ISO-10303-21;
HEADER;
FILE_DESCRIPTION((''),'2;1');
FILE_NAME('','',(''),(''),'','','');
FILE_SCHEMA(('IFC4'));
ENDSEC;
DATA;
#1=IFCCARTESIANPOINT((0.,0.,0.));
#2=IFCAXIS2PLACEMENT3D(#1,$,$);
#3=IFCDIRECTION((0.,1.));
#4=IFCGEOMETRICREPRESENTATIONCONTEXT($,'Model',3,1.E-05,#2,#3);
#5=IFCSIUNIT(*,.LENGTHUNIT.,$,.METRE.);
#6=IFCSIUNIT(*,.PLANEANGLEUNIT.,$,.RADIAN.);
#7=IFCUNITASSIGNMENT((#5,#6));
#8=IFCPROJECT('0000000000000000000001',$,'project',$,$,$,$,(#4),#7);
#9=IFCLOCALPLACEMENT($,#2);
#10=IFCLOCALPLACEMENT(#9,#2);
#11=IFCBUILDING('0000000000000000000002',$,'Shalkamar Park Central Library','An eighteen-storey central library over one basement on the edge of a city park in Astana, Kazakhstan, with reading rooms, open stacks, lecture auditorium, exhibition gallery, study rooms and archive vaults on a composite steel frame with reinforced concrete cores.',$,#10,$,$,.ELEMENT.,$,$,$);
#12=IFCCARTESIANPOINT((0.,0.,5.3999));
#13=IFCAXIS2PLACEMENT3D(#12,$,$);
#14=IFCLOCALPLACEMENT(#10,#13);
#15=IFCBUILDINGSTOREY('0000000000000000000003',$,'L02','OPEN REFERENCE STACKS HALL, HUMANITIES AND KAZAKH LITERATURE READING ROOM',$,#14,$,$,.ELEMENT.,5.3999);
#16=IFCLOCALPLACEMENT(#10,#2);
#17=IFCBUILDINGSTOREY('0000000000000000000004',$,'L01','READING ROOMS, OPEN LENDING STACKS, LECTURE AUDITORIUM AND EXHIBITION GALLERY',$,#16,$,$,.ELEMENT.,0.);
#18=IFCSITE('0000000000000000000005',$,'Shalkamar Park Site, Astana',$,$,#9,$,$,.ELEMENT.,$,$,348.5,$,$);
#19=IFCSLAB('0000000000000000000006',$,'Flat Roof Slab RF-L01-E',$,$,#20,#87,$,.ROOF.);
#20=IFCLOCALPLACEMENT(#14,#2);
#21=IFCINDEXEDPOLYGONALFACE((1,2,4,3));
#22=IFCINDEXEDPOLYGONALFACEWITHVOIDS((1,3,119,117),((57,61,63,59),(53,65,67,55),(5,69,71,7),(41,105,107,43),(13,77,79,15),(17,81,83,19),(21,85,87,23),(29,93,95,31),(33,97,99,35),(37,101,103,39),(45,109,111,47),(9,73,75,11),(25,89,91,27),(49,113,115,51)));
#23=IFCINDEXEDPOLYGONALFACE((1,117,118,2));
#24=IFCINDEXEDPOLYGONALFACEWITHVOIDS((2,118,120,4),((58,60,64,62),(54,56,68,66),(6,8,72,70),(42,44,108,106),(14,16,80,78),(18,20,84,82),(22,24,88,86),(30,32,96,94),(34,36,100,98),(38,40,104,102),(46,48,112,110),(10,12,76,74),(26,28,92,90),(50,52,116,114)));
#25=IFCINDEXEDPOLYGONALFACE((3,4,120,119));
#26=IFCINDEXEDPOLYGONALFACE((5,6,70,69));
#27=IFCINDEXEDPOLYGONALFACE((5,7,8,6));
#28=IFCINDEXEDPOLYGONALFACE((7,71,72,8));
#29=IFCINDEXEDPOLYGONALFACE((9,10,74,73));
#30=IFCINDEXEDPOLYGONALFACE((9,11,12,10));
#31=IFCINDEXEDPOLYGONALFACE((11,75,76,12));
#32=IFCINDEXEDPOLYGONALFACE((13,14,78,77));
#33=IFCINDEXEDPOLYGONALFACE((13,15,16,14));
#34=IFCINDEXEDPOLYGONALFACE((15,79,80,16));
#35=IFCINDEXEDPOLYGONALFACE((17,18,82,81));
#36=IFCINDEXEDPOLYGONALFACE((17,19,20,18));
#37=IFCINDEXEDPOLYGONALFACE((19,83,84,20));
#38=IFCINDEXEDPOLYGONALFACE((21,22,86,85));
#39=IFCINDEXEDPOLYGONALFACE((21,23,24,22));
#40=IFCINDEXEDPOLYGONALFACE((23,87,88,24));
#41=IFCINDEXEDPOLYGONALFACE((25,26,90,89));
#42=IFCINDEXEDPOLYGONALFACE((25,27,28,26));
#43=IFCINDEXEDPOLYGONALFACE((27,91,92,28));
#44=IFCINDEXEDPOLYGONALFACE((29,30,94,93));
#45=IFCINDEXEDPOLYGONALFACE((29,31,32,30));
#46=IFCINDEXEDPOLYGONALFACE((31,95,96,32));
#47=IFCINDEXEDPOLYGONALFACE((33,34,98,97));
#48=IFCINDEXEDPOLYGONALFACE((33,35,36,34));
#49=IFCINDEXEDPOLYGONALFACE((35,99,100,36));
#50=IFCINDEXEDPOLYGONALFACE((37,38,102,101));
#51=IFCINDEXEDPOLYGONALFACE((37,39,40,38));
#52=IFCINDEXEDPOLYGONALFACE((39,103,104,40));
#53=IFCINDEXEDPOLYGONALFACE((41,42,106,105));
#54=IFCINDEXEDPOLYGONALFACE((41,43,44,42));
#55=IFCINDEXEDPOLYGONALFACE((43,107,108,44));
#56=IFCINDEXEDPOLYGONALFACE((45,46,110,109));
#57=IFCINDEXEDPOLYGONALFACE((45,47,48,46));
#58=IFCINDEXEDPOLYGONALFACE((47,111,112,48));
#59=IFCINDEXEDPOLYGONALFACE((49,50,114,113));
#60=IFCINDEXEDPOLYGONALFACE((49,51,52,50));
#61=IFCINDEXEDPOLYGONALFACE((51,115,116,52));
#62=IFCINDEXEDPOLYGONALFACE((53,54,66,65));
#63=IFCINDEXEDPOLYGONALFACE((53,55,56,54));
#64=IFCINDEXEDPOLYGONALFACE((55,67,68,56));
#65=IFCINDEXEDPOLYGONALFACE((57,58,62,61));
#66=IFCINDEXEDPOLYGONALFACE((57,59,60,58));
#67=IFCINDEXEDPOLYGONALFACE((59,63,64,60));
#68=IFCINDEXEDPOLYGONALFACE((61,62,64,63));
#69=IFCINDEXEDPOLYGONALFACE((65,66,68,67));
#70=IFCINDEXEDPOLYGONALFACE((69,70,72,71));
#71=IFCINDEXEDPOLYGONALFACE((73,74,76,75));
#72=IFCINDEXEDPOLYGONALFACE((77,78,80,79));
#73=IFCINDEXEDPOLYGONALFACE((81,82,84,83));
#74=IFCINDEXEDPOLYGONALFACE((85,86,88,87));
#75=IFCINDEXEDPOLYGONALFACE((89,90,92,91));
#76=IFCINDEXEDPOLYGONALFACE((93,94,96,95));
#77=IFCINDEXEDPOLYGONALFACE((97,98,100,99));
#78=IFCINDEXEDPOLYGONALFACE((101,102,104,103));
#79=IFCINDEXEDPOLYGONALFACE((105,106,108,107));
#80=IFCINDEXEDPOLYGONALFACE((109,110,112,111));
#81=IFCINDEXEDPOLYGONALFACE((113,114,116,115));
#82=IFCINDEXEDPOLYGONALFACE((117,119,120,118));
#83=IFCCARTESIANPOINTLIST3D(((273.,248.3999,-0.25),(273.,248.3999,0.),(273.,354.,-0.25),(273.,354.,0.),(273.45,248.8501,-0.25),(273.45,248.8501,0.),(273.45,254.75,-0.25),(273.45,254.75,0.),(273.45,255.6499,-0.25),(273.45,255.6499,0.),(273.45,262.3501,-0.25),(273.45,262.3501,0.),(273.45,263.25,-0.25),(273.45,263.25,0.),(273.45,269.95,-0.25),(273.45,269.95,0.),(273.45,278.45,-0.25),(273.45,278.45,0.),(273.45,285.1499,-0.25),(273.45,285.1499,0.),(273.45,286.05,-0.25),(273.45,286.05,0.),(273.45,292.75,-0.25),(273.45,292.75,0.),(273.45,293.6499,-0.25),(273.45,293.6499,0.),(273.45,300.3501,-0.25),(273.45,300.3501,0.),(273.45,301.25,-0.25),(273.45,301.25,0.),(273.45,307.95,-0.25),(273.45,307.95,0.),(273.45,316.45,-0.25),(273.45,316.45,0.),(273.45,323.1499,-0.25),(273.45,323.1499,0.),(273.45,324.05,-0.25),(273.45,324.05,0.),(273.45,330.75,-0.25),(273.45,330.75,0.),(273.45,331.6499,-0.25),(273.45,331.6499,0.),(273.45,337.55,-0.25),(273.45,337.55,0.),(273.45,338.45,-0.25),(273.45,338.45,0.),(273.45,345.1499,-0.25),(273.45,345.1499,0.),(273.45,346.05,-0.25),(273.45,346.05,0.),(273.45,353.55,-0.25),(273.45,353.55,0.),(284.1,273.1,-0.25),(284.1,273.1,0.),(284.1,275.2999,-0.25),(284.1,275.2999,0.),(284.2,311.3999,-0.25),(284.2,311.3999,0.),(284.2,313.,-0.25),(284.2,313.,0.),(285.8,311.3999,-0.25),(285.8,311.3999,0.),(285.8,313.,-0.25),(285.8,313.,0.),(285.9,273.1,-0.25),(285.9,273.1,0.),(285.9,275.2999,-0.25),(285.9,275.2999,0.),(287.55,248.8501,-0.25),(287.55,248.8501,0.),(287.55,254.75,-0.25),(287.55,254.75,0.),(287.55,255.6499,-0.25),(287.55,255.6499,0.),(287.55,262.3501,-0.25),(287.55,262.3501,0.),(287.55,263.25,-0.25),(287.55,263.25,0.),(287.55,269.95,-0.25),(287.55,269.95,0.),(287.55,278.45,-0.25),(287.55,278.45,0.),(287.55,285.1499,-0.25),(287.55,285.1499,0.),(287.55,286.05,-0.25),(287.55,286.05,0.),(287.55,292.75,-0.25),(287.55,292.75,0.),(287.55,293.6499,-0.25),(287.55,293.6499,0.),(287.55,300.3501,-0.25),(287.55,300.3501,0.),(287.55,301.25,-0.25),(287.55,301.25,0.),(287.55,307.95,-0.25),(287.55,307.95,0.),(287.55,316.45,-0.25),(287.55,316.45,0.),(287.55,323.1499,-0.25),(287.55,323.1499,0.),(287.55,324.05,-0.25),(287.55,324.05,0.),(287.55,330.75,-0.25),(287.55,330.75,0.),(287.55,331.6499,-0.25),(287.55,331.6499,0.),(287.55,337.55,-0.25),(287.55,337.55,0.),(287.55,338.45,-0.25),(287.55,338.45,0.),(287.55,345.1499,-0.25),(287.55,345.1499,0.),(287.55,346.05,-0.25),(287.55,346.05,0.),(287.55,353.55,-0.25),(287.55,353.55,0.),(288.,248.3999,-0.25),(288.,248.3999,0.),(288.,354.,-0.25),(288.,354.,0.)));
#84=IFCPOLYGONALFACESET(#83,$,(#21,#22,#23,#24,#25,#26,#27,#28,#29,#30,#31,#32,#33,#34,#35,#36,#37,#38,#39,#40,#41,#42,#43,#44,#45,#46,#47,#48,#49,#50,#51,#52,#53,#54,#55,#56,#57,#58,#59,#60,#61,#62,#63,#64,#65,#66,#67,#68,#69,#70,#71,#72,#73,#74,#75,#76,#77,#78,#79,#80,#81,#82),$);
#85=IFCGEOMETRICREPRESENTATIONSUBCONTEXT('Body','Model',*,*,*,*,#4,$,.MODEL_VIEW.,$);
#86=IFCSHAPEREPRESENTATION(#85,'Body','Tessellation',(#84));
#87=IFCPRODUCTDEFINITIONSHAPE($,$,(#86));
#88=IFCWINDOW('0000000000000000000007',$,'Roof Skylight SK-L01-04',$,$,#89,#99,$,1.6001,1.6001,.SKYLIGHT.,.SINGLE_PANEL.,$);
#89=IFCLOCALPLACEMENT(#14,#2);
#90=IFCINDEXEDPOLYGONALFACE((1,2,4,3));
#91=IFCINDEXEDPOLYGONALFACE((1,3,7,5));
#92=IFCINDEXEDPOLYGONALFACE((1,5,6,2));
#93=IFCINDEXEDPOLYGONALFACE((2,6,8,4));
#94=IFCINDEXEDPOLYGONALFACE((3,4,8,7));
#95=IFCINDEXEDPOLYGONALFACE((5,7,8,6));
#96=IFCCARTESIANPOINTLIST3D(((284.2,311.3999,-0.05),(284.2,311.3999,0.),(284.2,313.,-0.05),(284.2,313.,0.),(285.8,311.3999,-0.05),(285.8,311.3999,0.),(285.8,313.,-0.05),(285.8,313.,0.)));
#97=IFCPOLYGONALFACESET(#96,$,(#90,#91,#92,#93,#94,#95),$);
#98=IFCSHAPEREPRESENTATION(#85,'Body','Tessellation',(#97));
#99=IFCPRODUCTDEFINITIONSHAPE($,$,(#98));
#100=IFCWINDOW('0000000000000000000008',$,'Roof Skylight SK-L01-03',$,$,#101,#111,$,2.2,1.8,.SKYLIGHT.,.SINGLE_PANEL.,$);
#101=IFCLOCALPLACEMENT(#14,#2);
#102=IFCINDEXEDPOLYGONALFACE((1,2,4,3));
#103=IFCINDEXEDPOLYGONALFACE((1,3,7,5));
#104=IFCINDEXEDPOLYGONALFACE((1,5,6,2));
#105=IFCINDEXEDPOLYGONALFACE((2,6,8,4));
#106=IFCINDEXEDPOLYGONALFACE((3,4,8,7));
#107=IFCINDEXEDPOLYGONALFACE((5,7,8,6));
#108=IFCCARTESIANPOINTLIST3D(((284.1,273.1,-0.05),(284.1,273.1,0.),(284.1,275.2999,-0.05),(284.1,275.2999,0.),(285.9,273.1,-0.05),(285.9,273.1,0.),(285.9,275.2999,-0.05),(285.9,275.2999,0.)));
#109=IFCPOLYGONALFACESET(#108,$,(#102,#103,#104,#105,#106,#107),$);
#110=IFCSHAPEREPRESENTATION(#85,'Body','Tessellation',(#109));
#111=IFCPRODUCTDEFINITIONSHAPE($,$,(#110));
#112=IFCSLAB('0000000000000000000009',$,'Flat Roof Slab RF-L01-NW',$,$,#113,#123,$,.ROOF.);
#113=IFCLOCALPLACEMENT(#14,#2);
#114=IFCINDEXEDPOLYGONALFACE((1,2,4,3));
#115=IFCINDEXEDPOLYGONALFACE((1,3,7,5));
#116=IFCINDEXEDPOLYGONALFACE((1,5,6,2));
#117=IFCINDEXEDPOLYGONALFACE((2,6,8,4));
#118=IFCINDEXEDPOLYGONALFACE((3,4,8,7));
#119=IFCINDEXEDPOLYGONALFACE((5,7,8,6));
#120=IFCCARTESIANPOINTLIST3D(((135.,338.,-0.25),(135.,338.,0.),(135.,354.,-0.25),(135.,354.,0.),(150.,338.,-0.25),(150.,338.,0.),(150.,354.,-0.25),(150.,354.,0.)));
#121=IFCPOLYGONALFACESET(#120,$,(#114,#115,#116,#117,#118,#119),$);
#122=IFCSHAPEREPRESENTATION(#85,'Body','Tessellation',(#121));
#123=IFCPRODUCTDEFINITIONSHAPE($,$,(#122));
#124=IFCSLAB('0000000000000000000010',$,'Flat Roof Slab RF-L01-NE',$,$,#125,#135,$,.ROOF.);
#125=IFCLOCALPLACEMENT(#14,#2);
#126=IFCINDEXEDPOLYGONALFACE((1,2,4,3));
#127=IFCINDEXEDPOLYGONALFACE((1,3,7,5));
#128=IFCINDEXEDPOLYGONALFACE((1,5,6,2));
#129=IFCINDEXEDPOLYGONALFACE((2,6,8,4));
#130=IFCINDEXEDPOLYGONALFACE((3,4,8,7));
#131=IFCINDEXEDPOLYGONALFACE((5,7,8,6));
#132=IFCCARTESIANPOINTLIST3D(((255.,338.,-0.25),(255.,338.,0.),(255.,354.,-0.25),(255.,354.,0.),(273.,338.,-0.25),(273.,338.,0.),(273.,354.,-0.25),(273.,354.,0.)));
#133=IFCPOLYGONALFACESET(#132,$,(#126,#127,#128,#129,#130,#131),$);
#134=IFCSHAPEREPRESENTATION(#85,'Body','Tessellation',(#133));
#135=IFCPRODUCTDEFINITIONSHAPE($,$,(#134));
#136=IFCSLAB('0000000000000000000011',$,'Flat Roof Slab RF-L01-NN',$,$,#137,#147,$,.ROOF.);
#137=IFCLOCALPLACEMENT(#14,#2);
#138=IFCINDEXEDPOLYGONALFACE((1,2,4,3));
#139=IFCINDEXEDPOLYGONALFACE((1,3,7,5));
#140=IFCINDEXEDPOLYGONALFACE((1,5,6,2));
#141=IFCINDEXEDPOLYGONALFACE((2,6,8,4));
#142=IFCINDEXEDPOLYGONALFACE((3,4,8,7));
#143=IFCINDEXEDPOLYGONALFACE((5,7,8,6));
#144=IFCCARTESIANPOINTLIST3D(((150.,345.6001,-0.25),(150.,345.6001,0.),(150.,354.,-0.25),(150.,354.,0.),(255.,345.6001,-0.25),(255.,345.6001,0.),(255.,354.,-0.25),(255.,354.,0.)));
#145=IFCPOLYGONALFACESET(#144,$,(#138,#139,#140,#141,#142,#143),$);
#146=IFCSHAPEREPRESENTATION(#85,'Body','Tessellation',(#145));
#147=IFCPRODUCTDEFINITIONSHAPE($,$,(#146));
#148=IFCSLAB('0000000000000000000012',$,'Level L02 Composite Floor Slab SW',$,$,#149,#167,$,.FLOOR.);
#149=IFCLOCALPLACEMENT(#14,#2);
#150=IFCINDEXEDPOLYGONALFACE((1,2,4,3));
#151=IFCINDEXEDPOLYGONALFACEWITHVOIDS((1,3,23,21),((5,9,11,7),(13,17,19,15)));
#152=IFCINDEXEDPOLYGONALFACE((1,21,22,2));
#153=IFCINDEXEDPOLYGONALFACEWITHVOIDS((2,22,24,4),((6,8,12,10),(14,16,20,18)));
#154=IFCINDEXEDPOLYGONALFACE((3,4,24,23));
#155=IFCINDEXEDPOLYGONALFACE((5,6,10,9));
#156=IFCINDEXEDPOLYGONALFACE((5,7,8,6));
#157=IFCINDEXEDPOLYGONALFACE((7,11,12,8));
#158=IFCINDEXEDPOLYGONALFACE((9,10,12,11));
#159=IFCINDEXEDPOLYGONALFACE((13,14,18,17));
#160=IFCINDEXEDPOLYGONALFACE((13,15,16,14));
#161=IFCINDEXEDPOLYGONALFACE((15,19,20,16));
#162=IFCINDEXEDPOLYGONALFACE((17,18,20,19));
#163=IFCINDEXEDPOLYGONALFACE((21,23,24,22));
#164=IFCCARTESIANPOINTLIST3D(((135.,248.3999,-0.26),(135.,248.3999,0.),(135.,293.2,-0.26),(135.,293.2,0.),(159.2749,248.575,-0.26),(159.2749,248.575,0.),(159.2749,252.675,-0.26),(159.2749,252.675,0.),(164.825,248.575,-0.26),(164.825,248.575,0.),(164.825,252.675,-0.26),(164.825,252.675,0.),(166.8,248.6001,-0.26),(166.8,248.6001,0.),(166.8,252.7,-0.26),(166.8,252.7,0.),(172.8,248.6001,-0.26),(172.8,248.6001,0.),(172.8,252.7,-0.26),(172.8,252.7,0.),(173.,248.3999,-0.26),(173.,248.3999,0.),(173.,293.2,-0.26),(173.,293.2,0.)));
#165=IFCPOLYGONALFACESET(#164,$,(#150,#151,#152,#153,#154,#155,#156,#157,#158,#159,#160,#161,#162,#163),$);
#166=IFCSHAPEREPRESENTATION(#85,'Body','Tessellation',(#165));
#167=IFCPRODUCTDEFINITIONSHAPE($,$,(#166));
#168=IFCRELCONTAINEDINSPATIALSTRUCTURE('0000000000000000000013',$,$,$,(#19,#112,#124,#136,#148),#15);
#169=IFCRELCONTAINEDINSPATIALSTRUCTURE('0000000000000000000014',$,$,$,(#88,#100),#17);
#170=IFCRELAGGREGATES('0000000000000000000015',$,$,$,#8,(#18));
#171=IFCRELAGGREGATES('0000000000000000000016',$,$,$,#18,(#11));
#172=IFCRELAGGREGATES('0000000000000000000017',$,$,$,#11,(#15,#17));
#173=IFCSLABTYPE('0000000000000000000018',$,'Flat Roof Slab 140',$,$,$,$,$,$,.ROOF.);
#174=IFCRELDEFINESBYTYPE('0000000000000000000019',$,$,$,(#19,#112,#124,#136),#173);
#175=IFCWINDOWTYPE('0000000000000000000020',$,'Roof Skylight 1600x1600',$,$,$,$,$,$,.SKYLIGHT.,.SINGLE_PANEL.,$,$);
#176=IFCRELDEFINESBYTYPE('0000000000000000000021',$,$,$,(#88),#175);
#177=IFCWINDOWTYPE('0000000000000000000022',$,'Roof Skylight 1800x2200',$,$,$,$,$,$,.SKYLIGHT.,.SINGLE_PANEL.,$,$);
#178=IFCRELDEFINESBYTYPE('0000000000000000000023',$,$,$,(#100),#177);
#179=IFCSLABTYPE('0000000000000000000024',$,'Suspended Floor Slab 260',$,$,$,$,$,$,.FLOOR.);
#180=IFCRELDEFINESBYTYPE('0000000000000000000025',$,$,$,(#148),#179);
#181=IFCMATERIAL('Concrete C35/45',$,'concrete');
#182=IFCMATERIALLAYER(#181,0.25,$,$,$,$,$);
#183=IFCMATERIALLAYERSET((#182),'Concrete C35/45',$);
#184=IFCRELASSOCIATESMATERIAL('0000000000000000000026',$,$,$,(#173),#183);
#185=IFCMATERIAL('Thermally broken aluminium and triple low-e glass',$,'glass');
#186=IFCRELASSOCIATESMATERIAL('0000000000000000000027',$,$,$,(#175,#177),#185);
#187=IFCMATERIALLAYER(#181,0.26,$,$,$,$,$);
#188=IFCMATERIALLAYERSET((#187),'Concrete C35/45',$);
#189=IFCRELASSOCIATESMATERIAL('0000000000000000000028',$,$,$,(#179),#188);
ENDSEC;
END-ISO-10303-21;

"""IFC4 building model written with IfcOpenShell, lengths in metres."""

from ifc_helpers import new_model, si_unit, direction, frame, origin, origin_2d, place, context, subcontext, project, spatial, polyline, rectangle, outline, extrude, material, layer, layer_set, type_object, element, fill, save


model = new_model("IFC4")

# Units and contexts
model_context = context("Model", 3, precision=1e-05, world=origin(), true_north=direction((0.0, 1.0)))
body_context = subcontext(model_context, "Body", "Model", "MODEL_VIEW")
ifc_project = project(units=[si_unit("LENGTHUNIT", "METRE"), si_unit("PLANEANGLEUNIT", "RADIAN")], contexts=[model_context])

# Site, building, storey
site_placement = place(None, origin())
site = spatial("IfcSite", under=ifc_project, at=site_placement, Name="Shalkamar Park Site, Astana", CompositionType="ELEMENT", RefElevation=348.5)
building_placement = place(site_placement, origin())
building = spatial("IfcBuilding", under=site, at=building_placement, Name="Shalkamar Park Central Library", Description="An eighteen-storey central library over one basement on the edge of a city park in Astana, Kazakhstan, with reading rooms, open stacks, lecture auditorium, exhibition gallery, study rooms and archive vaults on a composite steel frame with reinforced concrete cores.", CompositionType="ELEMENT")
storey_1_placement = place(building_placement, frame((0.0, 0.0, 5.3999)))
storey_1 = spatial("IfcBuildingStorey", under=building, at=storey_1_placement, Name="L02", Description="OPEN REFERENCE STACKS HALL, HUMANITIES AND KAZAKH LITERATURE READING ROOM", CompositionType="ELEMENT", Elevation=5.3999)

# Shared definitions
ifc_material_1 = material(Name="Concrete C35/45", Category="concrete")
ifc_layer_1 = layer(ifc_material_1, 0.25)
ifc_layer_set_1 = layer_set([ifc_layer_1], Name="Concrete C35/45")
slab_type_1 = type_object("IfcSlabType", Name="Flat Roof Slab 140", PredefinedType="ROOF", material=ifc_layer_set_1)

# Shared definitions
storey_2_placement = place(building_placement, origin())
storey_2 = spatial("IfcBuildingStorey", under=building, at=storey_2_placement, Name="L01", Description="READING ROOMS, OPEN LENDING STACKS, LECTURE AUDITORIUM AND EXHIBITION GALLERY", CompositionType="ELEMENT", Elevation=0.0)

# Shared definitions
ifc_material_2 = material(Name="Thermally broken aluminium and triple low-e glass", Category="glass")

# Slab, openings, windows
slab_1_placement = place(storey_1_placement, frame((0.0, 0.0, -0.25)))
slab_1 = element("IfcSlab", 1, at=slab_1_placement, inside=storey_1, type_object=slab_type_1, Name="Flat Roof Slab RF-L01-E", PredefinedType="ROOF", context=body_context, shape_type="SweptSolid", body=[
    extrude(outline(polyline([(273.0, 248.3999), (288.0, 248.3999), (288.0, 354.0), (273.0, 354.0), (273.0, 248.3999)]), holes=[polyline([(273.45, 248.8501), (287.55, 248.8501), (287.55, 254.75), (273.45, 254.75), (273.45, 248.8501)]), polyline([(273.45, 255.6499), (287.55, 255.6499), (287.55, 262.3501), (273.45, 262.3501), (273.45, 255.6499)]), polyline([(273.45, 263.25), (287.55, 263.25), (287.55, 269.95), (273.45, 269.95), (273.45, 263.25)]), polyline([(273.45, 278.45), (287.55, 278.45), (287.55, 285.1499), (273.45, 285.1499), (273.45, 278.45)]), polyline([(273.45, 286.05), (287.55, 286.05), (287.55, 292.75), (273.45, 292.75), (273.45, 286.05)]), polyline([(273.45, 293.6499), (287.55, 293.6499), (287.55, 300.3501), (273.45, 300.3501), (273.45, 293.6499)]), polyline([(273.45, 301.25), (287.55, 301.25), (287.55, 307.95), (273.45, 307.95), (273.45, 301.25)]), polyline([(273.45, 316.45), (287.55, 316.45), (287.55, 323.1499), (273.45, 323.1499), (273.45, 316.45)]), polyline([(273.45, 324.05), (287.55, 324.05), (287.55, 330.75), (273.45, 330.75), (273.45, 324.05)]), polyline([(273.45, 331.6499), (287.55, 331.6499), (287.55, 337.55), (273.45, 337.55), (273.45, 331.6499)]), polyline([(273.45, 338.45), (287.55, 338.45), (287.55, 345.1499), (273.45, 345.1499), (273.45, 338.45)]), polyline([(273.45, 346.05), (287.55, 346.05), (287.55, 353.55), (273.45, 353.55), (273.45, 346.05)])]), origin(), (0.0, 0.0, 1.0), 0.25),
])
opening_1_placement = place(slab_1_placement, frame((285.0, 274.2, -0.01)))
opening_1 = element("IfcOpeningElement", 2, at=opening_1_placement, cuts=slab_1, PredefinedType="OPENING", context=body_context, shape_type="SweptSolid", body=[
    extrude(rectangle(XDim=1.8, YDim=2.2, at=origin_2d()), origin(), (0.0, 0.0, 1.0), 0.27),
])
opening_2_placement = place(slab_1_placement, frame((285.0, 312.2, -0.01)))
opening_2 = element("IfcOpeningElement", 3, at=opening_2_placement, cuts=slab_1, PredefinedType="OPENING", context=body_context, shape_type="SweptSolid", body=[
    extrude(rectangle(XDim=1.6001, YDim=1.6001, at=origin_2d()), origin(), (0.0, 0.0, 1.0), 0.27),
])
window_type_1 = type_object("IfcWindowType", Name="Roof Skylight 1600x1600", PartitioningType="SINGLE_PANEL", PredefinedType="SKYLIGHT", material=ifc_material_2)
window_1_placement = place(opening_2_placement, frame((0.0, 0.0, 0.21)))
window_1 = element("IfcWindow", 4, at=window_1_placement, inside=storey_2, type_object=window_type_1, Name="Roof Skylight SK-L01-04", OverallHeight=1.6001, OverallWidth=1.6001, PartitioningType="SINGLE_PANEL", PredefinedType="SKYLIGHT", context=body_context, shape_type="SweptSolid", body=[
    extrude(rectangle(XDim=1.6001, YDim=1.6001, at=origin_2d()), origin(), (0.0, 0.0, 1.0), 0.05),
])
fill(opening_2, window_1)
window_type_2 = type_object("IfcWindowType", Name="Roof Skylight 1800x2200", PartitioningType="SINGLE_PANEL", PredefinedType="SKYLIGHT", material=ifc_material_2)
window_2_placement = place(opening_1_placement, frame((0.0, 0.0, 0.21)))
window_2 = element("IfcWindow", 5, at=window_2_placement, inside=storey_2, type_object=window_type_2, Name="Roof Skylight SK-L01-03", OverallHeight=2.2, OverallWidth=1.8, PartitioningType="SINGLE_PANEL", PredefinedType="SKYLIGHT", context=body_context, shape_type="SweptSolid", body=[
    extrude(rectangle(XDim=1.8, YDim=2.2, at=origin_2d()), origin(), (0.0, 0.0, 1.0), 0.05),
])
fill(opening_1, window_2)

# Slabs
slab_2_placement = place(storey_1_placement, frame((0.0, 0.0, -0.25)))
element("IfcSlab", 6, at=slab_2_placement, inside=storey_1, type_object=slab_type_1, Name="Flat Roof Slab RF-L01-NW", PredefinedType="ROOF", context=body_context, shape_type="SweptSolid", body=[
    extrude(outline(polyline([(135.0, 338.0), (150.0, 338.0), (150.0, 354.0), (135.0, 354.0), (135.0, 338.0)])), origin(), (0.0, 0.0, 1.0), 0.25),
])
slab_3_placement = place(storey_1_placement, frame((0.0, 0.0, -0.25)))
element("IfcSlab", 7, at=slab_3_placement, inside=storey_1, type_object=slab_type_1, Name="Flat Roof Slab RF-L01-NE", PredefinedType="ROOF", context=body_context, shape_type="SweptSolid", body=[
    extrude(outline(polyline([(255.0, 338.0), (273.0, 338.0), (273.0, 354.0), (255.0, 354.0), (255.0, 338.0)])), origin(), (0.0, 0.0, 1.0), 0.25),
])
slab_4_placement = place(storey_1_placement, frame((0.0, 0.0, -0.25)))
element("IfcSlab", 8, at=slab_4_placement, inside=storey_1, type_object=slab_type_1, Name="Flat Roof Slab RF-L01-NN", PredefinedType="ROOF", context=body_context, shape_type="SweptSolid", body=[
    extrude(outline(polyline([(150.0, 345.6001), (255.0, 345.6001), (255.0, 354.0), (150.0, 354.0), (150.0, 345.6001)])), origin(), (0.0, 0.0, 1.0), 0.25),
])
ifc_layer_2 = layer(ifc_material_1, 0.26)
ifc_layer_set_2 = layer_set([ifc_layer_2], Name="Concrete C35/45")
slab_type_2 = type_object("IfcSlabType", Name="Suspended Floor Slab 260", PredefinedType="FLOOR", material=ifc_layer_set_2)
slab_5_placement = place(storey_1_placement, frame((0.0, 0.0, -0.26)))
element("IfcSlab", 9, at=slab_5_placement, inside=storey_1, type_object=slab_type_2, Name="Level L02 Composite Floor Slab SW", PredefinedType="FLOOR", context=body_context, shape_type="SweptSolid", body=[
    extrude(outline(polyline([(135.0, 248.3999), (135.0, 293.2), (173.0, 293.2), (173.0, 248.3999), (135.0, 248.3999)]), holes=[polyline([(164.825, 252.675), (159.2749, 252.675), (159.2749, 248.575), (164.825, 248.575), (164.825, 252.675)]), polyline([(172.8, 252.7), (166.8, 252.7), (166.8, 248.6001), (172.8, 248.6001), (172.8, 252.7)])]), origin(), (0.0, 0.0, 1.0), 0.26),
])

save(model, "model.ifc")
